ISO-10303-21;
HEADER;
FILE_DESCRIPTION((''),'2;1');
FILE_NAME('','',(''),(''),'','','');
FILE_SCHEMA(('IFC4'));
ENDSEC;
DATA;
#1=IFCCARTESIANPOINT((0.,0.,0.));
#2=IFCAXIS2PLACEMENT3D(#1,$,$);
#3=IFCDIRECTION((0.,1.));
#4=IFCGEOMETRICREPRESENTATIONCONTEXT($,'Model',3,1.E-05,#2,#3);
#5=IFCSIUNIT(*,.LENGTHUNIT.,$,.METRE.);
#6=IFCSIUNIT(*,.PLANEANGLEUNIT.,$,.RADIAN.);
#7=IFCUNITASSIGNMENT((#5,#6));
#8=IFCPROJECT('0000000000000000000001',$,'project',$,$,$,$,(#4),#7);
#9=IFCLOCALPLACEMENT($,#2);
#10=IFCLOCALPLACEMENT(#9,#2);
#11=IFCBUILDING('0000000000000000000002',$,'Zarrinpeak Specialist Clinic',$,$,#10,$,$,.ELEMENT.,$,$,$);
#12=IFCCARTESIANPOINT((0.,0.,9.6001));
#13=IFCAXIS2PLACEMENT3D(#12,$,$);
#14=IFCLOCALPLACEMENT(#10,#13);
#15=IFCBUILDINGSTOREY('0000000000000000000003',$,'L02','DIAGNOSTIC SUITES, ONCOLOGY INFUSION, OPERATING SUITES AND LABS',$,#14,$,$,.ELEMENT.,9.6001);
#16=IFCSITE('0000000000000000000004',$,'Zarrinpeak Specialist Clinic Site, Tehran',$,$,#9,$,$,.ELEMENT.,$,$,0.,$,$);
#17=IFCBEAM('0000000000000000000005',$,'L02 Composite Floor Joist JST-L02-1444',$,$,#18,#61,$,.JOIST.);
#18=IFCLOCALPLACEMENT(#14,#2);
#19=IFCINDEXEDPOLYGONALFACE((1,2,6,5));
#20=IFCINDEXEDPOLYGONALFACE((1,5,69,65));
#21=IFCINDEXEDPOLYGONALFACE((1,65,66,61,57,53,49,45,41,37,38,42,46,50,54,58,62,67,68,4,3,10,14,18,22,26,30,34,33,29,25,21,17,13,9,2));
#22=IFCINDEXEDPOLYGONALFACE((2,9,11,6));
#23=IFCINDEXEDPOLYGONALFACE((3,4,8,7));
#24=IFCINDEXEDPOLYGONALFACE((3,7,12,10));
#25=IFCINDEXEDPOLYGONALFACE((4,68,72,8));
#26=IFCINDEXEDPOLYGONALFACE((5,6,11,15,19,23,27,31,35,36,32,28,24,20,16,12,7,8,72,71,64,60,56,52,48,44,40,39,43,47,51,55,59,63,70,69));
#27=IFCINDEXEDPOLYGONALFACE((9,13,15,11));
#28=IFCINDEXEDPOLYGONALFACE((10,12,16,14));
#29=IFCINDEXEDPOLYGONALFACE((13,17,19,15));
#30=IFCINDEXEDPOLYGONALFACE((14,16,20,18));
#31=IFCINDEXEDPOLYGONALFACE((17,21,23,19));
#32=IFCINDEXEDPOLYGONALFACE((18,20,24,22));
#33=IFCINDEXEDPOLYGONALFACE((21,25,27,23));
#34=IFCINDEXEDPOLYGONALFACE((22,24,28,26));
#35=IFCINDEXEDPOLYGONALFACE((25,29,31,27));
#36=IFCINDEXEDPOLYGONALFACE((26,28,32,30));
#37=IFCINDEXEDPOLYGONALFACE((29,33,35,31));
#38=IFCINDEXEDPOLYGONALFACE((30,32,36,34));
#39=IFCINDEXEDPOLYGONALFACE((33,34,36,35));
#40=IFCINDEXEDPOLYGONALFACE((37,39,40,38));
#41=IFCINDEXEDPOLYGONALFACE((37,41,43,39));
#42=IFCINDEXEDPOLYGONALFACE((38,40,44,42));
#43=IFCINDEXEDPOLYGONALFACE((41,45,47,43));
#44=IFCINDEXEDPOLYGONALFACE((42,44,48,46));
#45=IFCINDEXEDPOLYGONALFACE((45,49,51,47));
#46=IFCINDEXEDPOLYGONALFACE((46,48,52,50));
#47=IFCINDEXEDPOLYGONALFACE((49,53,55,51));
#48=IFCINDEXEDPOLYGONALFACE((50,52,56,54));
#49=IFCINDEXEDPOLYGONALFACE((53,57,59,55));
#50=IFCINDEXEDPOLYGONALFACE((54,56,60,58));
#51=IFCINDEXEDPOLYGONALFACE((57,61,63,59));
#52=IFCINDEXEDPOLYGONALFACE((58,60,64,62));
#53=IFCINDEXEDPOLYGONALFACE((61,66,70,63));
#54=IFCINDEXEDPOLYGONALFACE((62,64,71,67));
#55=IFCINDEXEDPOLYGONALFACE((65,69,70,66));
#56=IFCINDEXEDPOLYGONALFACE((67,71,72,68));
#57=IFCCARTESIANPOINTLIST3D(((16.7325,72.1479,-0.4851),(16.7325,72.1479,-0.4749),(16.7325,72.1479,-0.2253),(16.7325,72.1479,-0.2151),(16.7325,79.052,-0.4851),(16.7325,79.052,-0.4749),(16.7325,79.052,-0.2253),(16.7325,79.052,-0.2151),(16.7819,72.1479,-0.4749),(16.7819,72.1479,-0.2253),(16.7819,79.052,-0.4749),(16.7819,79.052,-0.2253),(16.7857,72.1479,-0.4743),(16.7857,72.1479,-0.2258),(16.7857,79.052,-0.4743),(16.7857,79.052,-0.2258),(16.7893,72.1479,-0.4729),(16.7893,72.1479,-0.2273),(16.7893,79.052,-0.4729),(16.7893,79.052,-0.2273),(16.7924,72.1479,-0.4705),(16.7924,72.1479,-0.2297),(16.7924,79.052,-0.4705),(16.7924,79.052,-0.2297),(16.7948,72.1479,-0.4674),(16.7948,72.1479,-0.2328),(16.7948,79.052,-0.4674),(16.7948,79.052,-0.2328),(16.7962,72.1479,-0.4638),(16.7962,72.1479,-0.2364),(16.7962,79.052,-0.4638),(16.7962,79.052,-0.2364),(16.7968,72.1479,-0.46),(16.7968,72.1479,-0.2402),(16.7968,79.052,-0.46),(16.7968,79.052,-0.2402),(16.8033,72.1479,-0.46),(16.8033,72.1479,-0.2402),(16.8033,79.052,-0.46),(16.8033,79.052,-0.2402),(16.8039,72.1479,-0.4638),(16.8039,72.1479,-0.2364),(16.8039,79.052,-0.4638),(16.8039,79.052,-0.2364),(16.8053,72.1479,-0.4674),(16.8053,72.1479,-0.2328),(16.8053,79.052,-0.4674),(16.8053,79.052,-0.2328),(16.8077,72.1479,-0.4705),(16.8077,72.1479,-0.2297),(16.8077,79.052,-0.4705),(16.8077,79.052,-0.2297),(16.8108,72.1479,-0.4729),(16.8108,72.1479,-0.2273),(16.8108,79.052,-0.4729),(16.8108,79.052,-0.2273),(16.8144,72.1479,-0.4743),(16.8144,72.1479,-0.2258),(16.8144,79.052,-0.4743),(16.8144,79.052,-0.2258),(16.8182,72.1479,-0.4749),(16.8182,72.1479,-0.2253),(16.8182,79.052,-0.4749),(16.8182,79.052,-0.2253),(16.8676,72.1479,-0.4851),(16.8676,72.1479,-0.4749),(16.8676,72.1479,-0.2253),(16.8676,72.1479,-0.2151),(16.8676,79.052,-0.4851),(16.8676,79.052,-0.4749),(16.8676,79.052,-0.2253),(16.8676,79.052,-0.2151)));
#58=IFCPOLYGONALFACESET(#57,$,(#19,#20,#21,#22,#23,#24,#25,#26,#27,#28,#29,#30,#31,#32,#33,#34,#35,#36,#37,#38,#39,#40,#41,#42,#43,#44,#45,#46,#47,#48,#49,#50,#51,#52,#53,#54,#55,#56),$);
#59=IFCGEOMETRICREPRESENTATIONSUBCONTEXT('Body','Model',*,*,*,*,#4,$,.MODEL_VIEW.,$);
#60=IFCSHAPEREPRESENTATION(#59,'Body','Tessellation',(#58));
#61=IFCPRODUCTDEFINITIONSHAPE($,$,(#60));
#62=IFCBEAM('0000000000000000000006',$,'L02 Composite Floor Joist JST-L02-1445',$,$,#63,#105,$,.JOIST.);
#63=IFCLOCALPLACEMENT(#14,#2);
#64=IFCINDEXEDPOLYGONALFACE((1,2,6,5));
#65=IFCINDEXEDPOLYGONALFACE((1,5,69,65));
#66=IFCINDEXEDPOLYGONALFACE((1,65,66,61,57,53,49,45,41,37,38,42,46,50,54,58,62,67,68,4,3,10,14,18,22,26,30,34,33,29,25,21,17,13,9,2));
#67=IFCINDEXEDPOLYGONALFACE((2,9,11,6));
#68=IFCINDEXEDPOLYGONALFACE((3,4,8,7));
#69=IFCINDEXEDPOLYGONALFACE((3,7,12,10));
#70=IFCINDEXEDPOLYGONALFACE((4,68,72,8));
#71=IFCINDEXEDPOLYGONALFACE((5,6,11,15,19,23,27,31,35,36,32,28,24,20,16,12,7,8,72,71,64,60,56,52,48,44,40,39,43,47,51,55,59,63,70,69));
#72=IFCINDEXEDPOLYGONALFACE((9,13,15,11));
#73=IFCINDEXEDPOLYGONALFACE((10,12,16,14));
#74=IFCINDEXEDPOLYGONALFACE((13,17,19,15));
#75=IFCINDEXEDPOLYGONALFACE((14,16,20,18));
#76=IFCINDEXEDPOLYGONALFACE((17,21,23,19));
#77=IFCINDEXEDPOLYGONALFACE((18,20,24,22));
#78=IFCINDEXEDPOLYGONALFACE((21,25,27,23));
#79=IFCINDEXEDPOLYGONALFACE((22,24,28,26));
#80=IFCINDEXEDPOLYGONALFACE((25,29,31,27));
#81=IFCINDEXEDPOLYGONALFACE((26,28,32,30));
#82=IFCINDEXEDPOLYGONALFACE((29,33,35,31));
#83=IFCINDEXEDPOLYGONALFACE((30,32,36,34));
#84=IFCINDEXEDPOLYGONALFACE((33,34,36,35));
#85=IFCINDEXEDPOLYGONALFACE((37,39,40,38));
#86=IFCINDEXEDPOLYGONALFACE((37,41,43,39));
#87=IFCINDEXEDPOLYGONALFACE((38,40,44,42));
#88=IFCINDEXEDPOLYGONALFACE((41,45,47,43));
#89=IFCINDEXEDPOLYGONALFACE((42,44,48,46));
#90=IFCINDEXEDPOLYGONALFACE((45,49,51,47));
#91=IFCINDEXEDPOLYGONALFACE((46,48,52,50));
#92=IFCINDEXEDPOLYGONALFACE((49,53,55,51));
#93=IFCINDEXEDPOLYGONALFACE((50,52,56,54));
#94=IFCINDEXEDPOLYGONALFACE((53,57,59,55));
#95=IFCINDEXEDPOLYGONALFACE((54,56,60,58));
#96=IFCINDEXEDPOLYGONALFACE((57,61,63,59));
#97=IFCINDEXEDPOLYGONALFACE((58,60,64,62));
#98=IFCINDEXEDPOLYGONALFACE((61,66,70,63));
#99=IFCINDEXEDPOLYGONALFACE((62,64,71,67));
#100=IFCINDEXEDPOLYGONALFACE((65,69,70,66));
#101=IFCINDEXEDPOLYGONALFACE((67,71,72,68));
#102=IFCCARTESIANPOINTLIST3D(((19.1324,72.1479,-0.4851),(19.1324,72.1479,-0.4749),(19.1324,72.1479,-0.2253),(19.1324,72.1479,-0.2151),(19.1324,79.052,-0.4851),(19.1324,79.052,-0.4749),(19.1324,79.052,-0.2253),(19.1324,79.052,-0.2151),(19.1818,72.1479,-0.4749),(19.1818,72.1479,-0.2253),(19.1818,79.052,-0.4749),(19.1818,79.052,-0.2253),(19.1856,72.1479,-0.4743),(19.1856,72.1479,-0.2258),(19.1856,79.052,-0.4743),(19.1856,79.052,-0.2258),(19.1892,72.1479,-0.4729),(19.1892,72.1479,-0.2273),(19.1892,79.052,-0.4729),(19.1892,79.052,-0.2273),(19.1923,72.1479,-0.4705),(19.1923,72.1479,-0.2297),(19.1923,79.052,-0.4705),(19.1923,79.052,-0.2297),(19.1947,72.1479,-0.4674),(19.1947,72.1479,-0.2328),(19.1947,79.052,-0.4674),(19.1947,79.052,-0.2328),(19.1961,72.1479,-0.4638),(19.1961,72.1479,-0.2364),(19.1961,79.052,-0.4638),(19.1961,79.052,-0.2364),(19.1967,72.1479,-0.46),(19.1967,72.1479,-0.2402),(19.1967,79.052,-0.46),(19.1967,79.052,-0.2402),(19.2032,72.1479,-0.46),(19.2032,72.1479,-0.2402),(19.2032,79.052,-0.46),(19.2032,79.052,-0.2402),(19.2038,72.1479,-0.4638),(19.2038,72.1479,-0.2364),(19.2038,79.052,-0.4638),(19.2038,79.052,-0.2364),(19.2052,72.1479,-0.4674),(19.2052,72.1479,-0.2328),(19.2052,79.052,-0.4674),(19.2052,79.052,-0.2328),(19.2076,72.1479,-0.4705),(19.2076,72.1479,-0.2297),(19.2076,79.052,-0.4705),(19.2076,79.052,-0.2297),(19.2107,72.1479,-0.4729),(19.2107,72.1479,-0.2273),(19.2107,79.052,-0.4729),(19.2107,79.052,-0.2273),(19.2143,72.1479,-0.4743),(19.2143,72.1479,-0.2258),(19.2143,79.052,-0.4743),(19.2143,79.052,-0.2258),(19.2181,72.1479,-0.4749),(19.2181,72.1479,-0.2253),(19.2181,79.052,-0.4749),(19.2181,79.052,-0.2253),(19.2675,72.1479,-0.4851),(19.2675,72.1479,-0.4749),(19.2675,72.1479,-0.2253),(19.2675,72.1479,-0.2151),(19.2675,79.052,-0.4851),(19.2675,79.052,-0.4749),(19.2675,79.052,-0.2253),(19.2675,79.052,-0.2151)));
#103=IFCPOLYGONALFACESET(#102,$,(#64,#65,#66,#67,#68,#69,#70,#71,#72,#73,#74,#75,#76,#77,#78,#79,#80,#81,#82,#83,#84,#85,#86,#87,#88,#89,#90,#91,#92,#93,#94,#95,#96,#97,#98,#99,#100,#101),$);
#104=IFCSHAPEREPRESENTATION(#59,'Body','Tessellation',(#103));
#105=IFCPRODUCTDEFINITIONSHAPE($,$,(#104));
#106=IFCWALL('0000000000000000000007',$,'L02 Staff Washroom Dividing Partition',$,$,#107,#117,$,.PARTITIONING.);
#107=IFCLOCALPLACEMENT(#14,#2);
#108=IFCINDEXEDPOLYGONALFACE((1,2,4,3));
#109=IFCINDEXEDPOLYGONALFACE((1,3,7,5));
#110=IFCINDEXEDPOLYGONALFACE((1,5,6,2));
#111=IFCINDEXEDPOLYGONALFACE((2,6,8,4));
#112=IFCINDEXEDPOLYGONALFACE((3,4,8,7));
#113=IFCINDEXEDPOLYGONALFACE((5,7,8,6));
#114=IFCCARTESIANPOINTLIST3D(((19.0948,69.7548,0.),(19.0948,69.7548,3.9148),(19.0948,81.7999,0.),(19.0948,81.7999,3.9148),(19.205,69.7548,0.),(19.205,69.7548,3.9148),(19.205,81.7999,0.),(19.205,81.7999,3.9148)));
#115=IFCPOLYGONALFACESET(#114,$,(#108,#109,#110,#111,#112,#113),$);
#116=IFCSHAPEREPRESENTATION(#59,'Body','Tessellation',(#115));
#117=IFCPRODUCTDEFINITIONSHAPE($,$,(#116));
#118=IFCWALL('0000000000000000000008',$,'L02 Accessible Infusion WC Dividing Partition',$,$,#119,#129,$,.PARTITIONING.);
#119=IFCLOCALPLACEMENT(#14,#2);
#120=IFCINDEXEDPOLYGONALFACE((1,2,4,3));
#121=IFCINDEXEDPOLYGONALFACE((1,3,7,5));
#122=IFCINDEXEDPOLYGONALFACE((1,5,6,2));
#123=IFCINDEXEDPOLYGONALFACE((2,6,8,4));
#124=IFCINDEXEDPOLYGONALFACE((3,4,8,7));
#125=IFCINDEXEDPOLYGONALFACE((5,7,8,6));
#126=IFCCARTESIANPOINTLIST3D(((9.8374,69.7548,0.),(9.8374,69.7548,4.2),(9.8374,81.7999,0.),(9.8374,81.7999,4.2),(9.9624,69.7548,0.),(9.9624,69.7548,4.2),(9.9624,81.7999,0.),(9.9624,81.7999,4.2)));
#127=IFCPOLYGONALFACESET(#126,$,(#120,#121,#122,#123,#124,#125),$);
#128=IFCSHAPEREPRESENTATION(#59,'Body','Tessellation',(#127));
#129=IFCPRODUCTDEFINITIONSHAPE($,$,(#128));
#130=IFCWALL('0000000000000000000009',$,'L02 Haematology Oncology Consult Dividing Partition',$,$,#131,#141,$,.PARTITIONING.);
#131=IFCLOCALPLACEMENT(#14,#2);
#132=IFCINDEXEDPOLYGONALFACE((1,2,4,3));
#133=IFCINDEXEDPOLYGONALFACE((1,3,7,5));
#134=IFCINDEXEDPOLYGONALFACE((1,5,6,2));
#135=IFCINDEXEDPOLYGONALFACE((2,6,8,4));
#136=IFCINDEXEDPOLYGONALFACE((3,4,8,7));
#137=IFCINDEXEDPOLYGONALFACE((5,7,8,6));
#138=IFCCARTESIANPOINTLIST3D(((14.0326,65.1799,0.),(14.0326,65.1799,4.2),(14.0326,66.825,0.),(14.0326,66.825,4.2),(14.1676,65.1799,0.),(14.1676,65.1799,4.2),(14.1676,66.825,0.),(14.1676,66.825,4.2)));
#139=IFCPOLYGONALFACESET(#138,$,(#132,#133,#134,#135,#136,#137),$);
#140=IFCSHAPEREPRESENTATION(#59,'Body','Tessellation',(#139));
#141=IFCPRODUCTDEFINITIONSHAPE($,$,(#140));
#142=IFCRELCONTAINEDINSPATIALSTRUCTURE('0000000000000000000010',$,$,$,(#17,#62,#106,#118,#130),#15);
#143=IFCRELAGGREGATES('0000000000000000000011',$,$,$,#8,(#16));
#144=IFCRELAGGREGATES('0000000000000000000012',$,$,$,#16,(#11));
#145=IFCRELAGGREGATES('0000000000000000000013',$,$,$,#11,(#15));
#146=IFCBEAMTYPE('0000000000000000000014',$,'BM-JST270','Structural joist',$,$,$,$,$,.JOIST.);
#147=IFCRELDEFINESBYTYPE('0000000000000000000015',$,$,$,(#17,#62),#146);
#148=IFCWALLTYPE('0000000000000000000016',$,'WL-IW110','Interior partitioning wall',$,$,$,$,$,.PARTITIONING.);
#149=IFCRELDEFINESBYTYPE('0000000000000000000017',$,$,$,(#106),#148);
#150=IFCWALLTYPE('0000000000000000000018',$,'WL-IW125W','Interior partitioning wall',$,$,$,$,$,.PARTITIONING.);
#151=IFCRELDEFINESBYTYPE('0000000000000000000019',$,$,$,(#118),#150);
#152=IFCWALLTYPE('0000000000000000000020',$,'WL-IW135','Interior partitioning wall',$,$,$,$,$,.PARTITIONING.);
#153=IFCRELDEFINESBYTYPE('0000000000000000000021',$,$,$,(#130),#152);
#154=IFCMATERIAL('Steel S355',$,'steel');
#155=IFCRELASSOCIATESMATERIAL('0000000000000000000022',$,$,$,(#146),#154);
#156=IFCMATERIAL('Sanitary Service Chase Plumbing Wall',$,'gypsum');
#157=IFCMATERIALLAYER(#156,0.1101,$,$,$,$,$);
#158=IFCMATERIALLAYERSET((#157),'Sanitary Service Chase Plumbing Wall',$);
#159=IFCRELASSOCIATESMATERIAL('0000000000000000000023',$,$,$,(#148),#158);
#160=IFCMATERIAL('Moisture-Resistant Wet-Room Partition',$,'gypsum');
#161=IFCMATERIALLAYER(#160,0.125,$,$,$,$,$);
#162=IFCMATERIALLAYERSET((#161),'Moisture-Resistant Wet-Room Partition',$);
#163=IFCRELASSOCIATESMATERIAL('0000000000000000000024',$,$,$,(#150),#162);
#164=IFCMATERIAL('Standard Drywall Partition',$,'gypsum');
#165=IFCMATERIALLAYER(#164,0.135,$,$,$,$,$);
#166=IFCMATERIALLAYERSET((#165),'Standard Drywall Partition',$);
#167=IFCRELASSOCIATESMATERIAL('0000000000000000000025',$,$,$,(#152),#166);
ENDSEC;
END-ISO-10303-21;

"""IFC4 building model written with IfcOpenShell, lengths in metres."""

from ifc_helpers import new_model, si_unit, direction, frame, frame_2d, origin, origin_2d, place, context, subcontext, project, spatial, rectangle, i_section, extrude, material, layer, layer_set, material_profile, profile_set, type_object, element, save


model = new_model("IFC4")

# Units and contexts
model_context = context("Model", 3, precision=1e-05, world=origin(), true_north=direction((0.0, 1.0)))
body_context = subcontext(model_context, "Body", "Model", "MODEL_VIEW")
ifc_project = project(units=[si_unit("LENGTHUNIT", "METRE"), si_unit("PLANEANGLEUNIT", "RADIAN")], contexts=[model_context])

# Site, building, storey
site_placement = place(None, origin())
site = spatial("IfcSite", under=ifc_project, at=site_placement, Name="Zarrinpeak Specialist Clinic Site, Tehran", CompositionType="ELEMENT", RefElevation=0.0)
building_placement = place(site_placement, origin())
building = spatial("IfcBuilding", under=site, at=building_placement, Name="Zarrinpeak Specialist Clinic", CompositionType="ELEMENT")
storey_placement = place(building_placement, frame((0.0, 0.0, 9.6001)))
storey = spatial("IfcBuildingStorey", under=building, at=storey_placement, Name="L02", Description="DIAGNOSTIC SUITES, ONCOLOGY INFUSION, OPERATING SUITES AND LABS", CompositionType="ELEMENT", Elevation=9.6001)

# Shared definitions
ifc_material_1 = material(Name="Steel S355", Category="steel")

# Beams
ifc_material_profile_1 = material_profile(ifc_material_1, i_section(OverallWidth=0.135, OverallDepth=0.27, WebThickness=0.0066, FlangeThickness=0.0103, FilletRadius=0.0149, at=origin_2d()), Name="IPE 270")
ifc_profile_set_1 = profile_set([ifc_material_profile_1], Name="Steel S355")
beam_type_1 = type_object("IfcBeamType", Name="BM-JST270", Description="Structural joist", PredefinedType="JOIST", material=ifc_profile_set_1)
for number, where, z_axis, x_axis, name in (
    (1, (16.8, 72.1479, -0.3501), (0.0, 1.0, 0.0), (-1.0, 0.0, 0.0), "L02 Composite Floor Joist JST-L02-1444"),
    (2, (19.2, 72.1479, -0.3501), (0.0, 1.0, 0.0), (-1.0, 0.0, 0.0), "L02 Composite Floor Joist JST-L02-1445"),
):
    element("IfcBeam", number, at=place(storey_placement, frame(where, z_axis=z_axis, x_axis=x_axis)), inside=storey, type_object=beam_type_1, Name=name, PredefinedType="JOIST", context=body_context, shape_type="SweptSolid", body=[
        extrude(i_section(OverallWidth=0.135, OverallDepth=0.27, WebThickness=0.0066, FlangeThickness=0.0103, FilletRadius=0.0149, at=origin_2d()), origin(), (0.0, 0.0, 1.0), 6.9041),
    ])

# Walls
ifc_material_2 = material(Name="Sanitary Service Chase Plumbing Wall", Category="gypsum")
ifc_layer_1 = layer(ifc_material_2, 0.1101)
ifc_layer_set_1 = layer_set([ifc_layer_1], Name="Sanitary Service Chase Plumbing Wall")
wall_type_1 = type_object("IfcWallType", Name="WL-IW110", Description="Interior partitioning wall", PredefinedType="PARTITIONING", material=ifc_layer_set_1)
wall_1_placement = place(storey_placement, frame((19.1499, 69.7549, 0.0), z_axis=(0.0, 0.0, 1.0), x_axis=(0.0, 1.0, 0.0)))
element("IfcWall", 3, at=wall_1_placement, inside=storey, type_object=wall_type_1, Name="L02 Staff Washroom Dividing Partition", PredefinedType="PARTITIONING", context=body_context, shape_type="SweptSolid", body=[
    extrude(rectangle(XDim=12.0452, YDim=0.1101, at=frame_2d((6.0225, 0.0))), origin(), (0.0, 0.0, 1.0), 3.9148),
])
ifc_material_3 = material(Name="Moisture-Resistant Wet-Room Partition", Category="gypsum")
ifc_layer_2 = layer(ifc_material_3, 0.125)
ifc_layer_set_2 = layer_set([ifc_layer_2], Name="Moisture-Resistant Wet-Room Partition")
wall_type_2 = type_object("IfcWallType", Name="WL-IW125W", Description="Interior partitioning wall", PredefinedType="PARTITIONING", material=ifc_layer_set_2)
wall_2_placement = place(storey_placement, frame((9.8999, 69.7549, 0.0), z_axis=(0.0, 0.0, 1.0), x_axis=(0.0, 1.0, 0.0)))
element("IfcWall", 4, at=wall_2_placement, inside=storey, type_object=wall_type_2, Name="L02 Accessible Infusion WC Dividing Partition", PredefinedType="PARTITIONING", context=body_context, shape_type="SweptSolid", body=[
    extrude(rectangle(XDim=12.0452, YDim=0.125, at=frame_2d((6.0225, 0.0))), origin(), (0.0, 0.0, 1.0), 4.2),
])
ifc_material_4 = material(Name="Standard Drywall Partition", Category="gypsum")
ifc_layer_3 = layer(ifc_material_4, 0.135)
ifc_layer_set_3 = layer_set([ifc_layer_3], Name="Standard Drywall Partition")
wall_type_3 = type_object("IfcWallType", Name="WL-IW135", Description="Interior partitioning wall", PredefinedType="PARTITIONING", material=ifc_layer_set_3)
wall_3_placement = place(storey_placement, frame((14.1001, 65.1799, 0.0), z_axis=(0.0, 0.0, 1.0), x_axis=(0.0, 1.0, 0.0)))
element("IfcWall", 5, at=wall_3_placement, inside=storey, type_object=wall_type_3, Name="L02 Haematology Oncology Consult Dividing Partition", PredefinedType="PARTITIONING", context=body_context, shape_type="SweptSolid", body=[
    extrude(rectangle(XDim=1.645, YDim=0.135, at=frame_2d((0.8225, 0.0))), origin(), (0.0, 0.0, 1.0), 4.2),
])

save(model, "model.ifc")
